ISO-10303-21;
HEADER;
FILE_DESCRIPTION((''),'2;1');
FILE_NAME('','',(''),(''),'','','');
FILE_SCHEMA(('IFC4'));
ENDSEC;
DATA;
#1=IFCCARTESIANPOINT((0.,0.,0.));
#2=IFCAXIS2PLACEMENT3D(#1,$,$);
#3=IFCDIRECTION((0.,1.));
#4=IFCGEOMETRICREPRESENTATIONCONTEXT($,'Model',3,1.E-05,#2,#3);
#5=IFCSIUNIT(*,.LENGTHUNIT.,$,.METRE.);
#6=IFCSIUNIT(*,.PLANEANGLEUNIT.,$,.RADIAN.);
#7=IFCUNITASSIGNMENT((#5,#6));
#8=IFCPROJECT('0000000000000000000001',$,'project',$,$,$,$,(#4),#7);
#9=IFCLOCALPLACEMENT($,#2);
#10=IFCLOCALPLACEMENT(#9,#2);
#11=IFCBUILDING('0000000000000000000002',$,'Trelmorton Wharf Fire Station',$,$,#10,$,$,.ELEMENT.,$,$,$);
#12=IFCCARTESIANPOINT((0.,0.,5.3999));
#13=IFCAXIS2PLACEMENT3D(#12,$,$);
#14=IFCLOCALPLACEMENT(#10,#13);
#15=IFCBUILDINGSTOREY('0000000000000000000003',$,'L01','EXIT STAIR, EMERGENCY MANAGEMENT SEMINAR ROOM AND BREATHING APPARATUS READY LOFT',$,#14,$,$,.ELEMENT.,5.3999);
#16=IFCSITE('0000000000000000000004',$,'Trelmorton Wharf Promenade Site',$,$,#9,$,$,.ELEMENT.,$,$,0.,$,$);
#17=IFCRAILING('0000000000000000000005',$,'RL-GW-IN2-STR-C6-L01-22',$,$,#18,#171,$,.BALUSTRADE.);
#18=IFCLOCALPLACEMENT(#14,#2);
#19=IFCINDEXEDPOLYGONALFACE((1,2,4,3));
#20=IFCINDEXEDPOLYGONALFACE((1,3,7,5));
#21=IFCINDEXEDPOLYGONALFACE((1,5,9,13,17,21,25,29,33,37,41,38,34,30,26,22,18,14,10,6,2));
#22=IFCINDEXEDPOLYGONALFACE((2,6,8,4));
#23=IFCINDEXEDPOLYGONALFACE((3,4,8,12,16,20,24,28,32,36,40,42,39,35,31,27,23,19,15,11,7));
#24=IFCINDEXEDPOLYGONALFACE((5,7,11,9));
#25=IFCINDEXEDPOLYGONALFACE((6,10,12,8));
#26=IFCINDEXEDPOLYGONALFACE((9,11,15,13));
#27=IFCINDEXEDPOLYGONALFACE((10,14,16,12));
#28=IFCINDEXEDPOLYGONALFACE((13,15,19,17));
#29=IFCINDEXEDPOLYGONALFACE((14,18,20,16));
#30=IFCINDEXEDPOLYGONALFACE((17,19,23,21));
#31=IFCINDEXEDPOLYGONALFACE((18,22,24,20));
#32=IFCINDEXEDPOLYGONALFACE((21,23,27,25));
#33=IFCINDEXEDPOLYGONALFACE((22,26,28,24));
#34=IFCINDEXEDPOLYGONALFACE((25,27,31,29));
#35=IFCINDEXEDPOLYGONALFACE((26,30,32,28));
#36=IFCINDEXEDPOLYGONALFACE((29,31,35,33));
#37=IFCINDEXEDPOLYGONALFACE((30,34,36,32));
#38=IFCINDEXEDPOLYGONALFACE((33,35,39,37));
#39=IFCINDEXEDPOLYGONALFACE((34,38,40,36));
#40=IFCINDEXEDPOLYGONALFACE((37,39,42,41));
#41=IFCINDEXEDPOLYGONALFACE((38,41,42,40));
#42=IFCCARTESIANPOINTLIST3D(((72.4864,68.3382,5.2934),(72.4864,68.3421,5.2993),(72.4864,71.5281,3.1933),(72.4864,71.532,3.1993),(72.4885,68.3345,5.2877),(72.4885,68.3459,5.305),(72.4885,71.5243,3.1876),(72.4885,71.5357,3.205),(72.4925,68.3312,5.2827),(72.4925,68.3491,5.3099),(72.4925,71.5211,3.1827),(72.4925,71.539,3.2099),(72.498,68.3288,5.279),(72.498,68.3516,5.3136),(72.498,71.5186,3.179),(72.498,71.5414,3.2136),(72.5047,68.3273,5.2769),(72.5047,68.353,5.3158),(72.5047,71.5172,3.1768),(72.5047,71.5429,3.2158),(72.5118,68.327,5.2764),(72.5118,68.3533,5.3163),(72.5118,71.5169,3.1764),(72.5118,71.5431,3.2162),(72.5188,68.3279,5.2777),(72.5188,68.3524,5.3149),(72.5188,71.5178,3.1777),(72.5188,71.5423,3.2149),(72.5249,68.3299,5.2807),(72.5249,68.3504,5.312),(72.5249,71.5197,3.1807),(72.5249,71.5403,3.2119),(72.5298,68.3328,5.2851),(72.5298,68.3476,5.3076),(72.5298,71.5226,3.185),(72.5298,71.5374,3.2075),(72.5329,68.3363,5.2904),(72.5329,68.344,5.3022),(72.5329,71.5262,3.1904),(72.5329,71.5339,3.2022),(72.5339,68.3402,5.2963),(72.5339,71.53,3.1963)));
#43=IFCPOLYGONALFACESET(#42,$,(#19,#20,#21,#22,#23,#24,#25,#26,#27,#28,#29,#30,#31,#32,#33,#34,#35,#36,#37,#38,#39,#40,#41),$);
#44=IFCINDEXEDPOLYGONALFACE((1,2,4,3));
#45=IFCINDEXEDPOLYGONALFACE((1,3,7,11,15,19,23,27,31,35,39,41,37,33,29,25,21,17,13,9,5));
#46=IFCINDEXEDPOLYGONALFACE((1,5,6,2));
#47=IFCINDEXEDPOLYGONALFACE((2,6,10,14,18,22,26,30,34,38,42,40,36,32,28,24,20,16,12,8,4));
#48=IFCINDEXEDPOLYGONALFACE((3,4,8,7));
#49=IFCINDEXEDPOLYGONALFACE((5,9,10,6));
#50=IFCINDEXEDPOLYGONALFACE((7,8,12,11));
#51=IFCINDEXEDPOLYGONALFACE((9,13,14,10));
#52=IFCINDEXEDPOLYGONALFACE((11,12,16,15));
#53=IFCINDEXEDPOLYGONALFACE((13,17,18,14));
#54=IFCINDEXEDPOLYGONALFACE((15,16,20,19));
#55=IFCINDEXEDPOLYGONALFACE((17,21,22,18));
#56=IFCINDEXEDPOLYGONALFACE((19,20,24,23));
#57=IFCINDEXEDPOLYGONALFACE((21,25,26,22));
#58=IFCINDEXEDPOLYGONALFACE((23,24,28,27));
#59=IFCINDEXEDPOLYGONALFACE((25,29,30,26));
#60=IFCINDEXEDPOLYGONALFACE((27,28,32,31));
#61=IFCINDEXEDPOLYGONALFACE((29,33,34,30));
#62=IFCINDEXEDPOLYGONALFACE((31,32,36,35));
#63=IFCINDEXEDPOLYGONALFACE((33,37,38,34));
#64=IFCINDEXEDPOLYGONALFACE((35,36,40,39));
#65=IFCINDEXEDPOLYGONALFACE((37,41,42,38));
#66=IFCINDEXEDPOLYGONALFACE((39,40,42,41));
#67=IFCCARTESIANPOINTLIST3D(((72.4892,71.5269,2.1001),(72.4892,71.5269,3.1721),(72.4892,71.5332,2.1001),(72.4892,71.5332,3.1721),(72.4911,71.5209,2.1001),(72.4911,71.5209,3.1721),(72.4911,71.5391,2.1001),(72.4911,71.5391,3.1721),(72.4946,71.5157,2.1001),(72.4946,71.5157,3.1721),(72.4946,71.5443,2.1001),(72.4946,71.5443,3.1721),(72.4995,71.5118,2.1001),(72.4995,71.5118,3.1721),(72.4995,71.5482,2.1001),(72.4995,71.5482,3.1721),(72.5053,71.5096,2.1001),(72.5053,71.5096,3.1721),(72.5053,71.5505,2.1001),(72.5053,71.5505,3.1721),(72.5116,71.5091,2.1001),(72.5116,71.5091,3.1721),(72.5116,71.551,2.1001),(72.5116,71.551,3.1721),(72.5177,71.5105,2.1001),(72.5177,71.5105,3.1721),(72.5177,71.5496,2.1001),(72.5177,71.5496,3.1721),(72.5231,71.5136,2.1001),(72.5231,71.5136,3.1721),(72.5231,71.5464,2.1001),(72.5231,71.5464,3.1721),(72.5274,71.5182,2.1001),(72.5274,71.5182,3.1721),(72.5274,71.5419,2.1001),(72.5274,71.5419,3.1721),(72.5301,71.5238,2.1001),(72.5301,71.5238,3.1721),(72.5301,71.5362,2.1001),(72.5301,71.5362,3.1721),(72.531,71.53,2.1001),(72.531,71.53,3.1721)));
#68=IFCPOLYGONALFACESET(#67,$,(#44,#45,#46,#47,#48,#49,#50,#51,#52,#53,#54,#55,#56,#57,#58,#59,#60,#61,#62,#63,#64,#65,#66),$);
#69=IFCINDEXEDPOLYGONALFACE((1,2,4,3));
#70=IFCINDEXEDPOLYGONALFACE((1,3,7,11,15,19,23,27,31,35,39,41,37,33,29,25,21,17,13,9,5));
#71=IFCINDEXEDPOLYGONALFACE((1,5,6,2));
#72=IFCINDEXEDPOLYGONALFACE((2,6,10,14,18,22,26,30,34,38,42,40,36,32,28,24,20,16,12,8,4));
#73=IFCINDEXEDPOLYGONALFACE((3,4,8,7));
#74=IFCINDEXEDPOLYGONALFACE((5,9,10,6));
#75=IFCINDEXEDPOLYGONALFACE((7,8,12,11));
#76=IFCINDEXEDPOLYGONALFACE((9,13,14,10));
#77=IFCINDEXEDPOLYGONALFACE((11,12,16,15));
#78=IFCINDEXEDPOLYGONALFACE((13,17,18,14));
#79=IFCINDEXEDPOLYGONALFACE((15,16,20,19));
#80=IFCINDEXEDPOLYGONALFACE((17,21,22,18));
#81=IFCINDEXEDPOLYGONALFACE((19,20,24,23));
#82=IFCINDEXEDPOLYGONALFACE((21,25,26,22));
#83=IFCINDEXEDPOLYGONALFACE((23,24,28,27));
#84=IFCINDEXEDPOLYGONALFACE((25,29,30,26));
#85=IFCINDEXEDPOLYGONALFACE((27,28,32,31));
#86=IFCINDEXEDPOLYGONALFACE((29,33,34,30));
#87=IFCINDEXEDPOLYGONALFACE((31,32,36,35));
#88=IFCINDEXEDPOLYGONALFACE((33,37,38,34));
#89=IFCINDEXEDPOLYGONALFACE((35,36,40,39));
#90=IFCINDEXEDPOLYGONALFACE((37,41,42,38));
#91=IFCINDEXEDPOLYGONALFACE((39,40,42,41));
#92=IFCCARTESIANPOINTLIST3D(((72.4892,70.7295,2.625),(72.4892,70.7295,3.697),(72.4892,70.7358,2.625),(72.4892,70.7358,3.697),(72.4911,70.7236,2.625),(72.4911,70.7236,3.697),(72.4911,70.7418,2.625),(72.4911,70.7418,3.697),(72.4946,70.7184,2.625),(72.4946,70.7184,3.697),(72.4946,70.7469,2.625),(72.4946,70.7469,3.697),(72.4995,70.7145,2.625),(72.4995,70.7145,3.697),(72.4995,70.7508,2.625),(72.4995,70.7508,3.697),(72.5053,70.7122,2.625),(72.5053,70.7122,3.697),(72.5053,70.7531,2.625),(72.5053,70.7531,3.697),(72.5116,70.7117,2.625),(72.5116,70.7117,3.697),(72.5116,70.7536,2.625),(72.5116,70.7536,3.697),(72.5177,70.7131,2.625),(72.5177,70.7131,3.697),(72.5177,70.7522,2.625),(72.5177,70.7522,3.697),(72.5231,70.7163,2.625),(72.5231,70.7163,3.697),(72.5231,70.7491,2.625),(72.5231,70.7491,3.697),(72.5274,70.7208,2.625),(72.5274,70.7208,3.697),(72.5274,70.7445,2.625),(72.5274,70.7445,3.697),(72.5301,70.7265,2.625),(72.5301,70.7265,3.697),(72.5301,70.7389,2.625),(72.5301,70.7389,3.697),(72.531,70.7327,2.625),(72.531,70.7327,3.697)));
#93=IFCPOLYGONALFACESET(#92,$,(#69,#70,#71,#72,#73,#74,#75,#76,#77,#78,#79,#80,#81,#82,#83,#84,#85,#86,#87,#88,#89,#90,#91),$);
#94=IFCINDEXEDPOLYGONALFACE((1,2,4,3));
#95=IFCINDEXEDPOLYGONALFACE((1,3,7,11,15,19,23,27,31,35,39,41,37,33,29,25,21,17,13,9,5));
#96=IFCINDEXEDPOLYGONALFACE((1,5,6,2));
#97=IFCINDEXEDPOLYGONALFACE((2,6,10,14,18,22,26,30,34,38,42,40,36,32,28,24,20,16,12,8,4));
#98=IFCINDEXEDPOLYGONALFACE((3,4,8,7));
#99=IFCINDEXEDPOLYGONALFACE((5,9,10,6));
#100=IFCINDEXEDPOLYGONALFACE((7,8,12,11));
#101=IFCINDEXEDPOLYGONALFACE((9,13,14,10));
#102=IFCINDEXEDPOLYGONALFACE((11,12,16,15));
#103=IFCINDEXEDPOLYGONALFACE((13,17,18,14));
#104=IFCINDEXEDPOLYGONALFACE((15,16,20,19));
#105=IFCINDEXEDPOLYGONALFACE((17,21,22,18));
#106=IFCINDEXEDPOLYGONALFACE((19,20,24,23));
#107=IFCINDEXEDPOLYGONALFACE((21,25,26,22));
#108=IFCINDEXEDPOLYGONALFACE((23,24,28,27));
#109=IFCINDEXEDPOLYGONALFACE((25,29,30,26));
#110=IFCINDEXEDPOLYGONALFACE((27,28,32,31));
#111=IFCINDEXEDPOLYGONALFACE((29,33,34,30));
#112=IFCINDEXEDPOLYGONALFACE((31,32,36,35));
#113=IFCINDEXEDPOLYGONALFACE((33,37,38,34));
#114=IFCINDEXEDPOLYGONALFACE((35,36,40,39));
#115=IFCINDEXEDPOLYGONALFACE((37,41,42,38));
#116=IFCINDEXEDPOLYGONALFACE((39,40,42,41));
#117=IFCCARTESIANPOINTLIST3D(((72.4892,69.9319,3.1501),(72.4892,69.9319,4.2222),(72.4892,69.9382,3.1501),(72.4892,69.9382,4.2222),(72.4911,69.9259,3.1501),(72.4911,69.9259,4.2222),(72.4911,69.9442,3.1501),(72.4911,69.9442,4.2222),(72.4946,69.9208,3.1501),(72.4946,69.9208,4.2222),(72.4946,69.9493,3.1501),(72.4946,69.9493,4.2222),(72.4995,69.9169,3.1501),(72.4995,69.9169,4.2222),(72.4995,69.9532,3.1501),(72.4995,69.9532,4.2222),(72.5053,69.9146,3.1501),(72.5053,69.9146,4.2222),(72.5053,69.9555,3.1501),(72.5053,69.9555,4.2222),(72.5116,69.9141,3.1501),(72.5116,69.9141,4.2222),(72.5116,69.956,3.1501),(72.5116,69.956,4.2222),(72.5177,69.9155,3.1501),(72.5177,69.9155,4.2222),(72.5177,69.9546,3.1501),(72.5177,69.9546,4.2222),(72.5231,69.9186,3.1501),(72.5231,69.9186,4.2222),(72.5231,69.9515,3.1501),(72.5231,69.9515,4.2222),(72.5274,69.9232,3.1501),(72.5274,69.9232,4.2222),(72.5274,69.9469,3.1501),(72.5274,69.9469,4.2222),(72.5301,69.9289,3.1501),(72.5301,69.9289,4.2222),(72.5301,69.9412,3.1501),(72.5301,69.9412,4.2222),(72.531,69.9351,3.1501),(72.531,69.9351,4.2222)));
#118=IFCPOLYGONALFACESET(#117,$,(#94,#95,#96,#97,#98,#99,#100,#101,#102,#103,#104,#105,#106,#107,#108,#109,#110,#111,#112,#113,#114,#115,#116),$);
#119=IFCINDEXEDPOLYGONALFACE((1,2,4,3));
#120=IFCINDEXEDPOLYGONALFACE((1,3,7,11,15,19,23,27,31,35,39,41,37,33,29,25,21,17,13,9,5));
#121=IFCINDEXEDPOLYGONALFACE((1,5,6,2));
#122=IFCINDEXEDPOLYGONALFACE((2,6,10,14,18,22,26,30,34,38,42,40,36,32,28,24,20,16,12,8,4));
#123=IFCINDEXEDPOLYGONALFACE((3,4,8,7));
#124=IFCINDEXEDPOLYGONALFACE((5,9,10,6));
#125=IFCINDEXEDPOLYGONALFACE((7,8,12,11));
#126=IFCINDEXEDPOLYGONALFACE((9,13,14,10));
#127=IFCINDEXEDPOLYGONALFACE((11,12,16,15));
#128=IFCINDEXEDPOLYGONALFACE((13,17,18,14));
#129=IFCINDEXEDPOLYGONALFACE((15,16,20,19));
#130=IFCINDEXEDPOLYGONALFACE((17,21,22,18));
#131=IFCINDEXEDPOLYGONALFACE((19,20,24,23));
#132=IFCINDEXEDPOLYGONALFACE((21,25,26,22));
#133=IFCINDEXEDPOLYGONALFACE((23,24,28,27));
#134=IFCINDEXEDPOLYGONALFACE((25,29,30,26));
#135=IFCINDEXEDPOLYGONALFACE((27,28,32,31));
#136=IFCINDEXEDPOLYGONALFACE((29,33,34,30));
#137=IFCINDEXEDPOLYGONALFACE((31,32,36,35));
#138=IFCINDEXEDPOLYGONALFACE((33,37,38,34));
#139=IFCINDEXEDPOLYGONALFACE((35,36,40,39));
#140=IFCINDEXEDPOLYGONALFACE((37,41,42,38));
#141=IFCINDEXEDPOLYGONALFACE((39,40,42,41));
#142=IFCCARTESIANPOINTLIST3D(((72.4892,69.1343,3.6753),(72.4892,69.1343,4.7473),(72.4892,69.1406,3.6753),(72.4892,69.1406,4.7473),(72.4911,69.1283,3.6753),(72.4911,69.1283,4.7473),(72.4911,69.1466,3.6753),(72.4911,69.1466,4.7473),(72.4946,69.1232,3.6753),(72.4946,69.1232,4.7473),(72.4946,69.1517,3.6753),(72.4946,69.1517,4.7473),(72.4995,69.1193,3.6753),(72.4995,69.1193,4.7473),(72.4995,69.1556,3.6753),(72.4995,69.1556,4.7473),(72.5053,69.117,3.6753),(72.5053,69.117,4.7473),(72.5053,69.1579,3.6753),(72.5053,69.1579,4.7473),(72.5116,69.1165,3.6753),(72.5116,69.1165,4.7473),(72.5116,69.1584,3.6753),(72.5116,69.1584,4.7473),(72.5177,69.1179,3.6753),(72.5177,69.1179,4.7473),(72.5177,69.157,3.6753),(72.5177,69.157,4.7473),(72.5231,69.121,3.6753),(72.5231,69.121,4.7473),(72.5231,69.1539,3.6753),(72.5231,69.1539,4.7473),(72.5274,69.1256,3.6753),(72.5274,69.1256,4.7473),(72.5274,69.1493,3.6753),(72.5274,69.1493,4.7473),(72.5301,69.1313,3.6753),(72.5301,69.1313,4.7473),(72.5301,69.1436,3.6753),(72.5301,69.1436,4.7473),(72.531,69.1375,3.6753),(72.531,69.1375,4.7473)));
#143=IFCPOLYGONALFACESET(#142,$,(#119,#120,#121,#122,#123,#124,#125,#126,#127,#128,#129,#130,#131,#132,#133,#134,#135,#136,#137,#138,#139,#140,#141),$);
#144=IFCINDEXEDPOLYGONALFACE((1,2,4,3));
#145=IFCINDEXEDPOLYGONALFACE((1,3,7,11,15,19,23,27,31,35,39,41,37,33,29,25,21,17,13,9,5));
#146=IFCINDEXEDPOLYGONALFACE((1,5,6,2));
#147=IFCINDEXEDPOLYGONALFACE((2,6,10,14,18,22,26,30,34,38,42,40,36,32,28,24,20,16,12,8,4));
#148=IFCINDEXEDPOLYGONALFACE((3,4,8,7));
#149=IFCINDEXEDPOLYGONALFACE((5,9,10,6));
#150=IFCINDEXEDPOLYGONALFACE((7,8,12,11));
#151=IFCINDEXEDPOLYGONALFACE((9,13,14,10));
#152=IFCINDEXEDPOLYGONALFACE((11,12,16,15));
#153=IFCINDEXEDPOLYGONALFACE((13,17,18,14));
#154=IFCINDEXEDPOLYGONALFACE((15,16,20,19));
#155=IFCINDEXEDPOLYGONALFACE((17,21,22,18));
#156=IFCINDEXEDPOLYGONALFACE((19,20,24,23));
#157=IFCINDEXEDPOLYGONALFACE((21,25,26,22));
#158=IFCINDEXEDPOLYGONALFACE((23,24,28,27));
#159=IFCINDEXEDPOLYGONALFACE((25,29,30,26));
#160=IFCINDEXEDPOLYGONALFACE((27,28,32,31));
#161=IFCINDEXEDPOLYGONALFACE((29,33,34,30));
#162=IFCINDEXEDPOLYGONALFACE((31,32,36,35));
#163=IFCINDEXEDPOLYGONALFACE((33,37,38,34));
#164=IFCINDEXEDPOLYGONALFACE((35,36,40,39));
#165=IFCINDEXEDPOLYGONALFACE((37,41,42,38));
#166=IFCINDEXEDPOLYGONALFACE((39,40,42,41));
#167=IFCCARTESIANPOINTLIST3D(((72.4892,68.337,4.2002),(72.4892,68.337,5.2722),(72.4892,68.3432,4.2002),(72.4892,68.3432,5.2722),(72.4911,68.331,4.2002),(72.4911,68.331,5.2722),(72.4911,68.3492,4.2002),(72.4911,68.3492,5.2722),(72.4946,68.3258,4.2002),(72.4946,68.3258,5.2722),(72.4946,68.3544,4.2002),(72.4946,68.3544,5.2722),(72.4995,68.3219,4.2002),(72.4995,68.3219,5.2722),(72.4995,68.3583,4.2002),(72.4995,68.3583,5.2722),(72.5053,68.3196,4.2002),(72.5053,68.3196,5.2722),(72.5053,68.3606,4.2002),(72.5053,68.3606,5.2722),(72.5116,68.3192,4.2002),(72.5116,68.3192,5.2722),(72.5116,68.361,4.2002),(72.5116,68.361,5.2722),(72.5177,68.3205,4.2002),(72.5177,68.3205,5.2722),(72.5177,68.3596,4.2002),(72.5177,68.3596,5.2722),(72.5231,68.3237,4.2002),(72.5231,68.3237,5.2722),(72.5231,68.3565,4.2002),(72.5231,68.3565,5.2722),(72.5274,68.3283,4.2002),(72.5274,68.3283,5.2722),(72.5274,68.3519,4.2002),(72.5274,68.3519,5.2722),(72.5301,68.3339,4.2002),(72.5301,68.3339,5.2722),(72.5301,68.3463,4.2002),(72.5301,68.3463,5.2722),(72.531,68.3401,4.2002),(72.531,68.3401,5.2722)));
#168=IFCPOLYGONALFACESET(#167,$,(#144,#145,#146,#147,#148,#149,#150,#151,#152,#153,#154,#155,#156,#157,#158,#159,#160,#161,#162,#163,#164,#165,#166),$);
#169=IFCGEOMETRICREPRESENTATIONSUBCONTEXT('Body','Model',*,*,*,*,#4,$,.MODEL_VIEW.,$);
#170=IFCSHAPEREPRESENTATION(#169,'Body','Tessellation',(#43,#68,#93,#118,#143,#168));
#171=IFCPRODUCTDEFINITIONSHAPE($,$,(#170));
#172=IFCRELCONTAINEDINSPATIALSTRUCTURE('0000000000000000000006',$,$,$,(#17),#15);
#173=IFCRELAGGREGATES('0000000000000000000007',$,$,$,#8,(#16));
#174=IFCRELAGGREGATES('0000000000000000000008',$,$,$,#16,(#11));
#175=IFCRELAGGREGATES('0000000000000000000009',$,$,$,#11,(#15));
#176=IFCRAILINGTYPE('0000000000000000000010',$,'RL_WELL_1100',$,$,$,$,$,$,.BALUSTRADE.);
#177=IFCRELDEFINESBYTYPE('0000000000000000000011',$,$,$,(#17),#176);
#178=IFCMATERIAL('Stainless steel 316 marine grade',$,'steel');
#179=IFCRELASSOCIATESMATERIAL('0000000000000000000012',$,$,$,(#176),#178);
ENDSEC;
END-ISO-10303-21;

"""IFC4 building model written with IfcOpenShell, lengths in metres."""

from ifc_helpers import new_model, si_unit, direction, frame, origin, origin_2d, place, context, subcontext, project, spatial, circle, extrude, material, type_object, element, save


model = new_model("IFC4")

# Units and contexts
model_context = context("Model", 3, precision=1e-05, world=origin(), true_north=direction((0.0, 1.0)))
body_context = subcontext(model_context, "Body", "Model", "MODEL_VIEW")
ifc_project = project(units=[si_unit("LENGTHUNIT", "METRE"), si_unit("PLANEANGLEUNIT", "RADIAN")], contexts=[model_context])

# Site, building, storey
site_placement = place(None, origin())
site = spatial("IfcSite", under=ifc_project, at=site_placement, Name="Trelmorton Wharf Promenade Site", CompositionType="ELEMENT", RefElevation=0.0)
building_placement = place(site_placement, origin())
building = spatial("IfcBuilding", under=site, at=building_placement, Name="Trelmorton Wharf Fire Station", CompositionType="ELEMENT")
storey_placement = place(building_placement, frame((0.0, 0.0, 5.3999)))
storey = spatial("IfcBuildingStorey", under=building, at=storey_placement, Name="L01", Description="EXIT STAIR, EMERGENCY MANAGEMENT SEMINAR ROOM AND BREATHING APPARATUS READY LOFT", CompositionType="ELEMENT", Elevation=5.3999)

# Shared definitions
ifc_material_1 = material(Name="Stainless steel 316 marine grade", Category="steel")

# Railing
railing_type_1 = type_object("IfcRailingType", Name="RL_WELL_1100", PredefinedType="BALUSTRADE", material=ifc_material_1)
railing_1_placement = place(storey_placement, frame((72.51, 71.53, 2.1001)))
element("IfcRailing", 1, at=railing_1_placement, inside=storey, type_object=railing_type_1, Name="RL-GW-IN2-STR-C6-L01-22", PredefinedType="BALUSTRADE", context=body_context, shape_type="SweptSolid", body=[
    extrude(circle(Radius=0.0239, at=origin_2d()), frame((0.0, 0.0, 1.0962), z_axis=(0.0, -0.835242, 0.549882), x_axis=(1.0, 0.0, 0.0)), (0.0, 0.0, 1.0), 3.8191),
    extrude(circle(Radius=0.021, at=origin_2d()), origin(), (0.0, 0.0, 1.0), 1.072),
    extrude(circle(Radius=0.021, at=origin_2d()), frame((0.0, -0.7974, 0.5249)), (0.0, 0.0, 1.0), 1.072),
    extrude(circle(Radius=0.021, at=origin_2d()), frame((0.0, -1.595, 1.05)), (0.0, 0.0, 1.0), 1.072),
    extrude(circle(Radius=0.021, at=origin_2d()), frame((0.0, -2.3926, 1.5752)), (0.0, 0.0, 1.0), 1.072),
    extrude(circle(Radius=0.021, at=origin_2d()), frame((0.0, -3.1899, 2.1001)), (0.0, 0.0, 1.0), 1.072),
])

save(model, "model.ifc")
